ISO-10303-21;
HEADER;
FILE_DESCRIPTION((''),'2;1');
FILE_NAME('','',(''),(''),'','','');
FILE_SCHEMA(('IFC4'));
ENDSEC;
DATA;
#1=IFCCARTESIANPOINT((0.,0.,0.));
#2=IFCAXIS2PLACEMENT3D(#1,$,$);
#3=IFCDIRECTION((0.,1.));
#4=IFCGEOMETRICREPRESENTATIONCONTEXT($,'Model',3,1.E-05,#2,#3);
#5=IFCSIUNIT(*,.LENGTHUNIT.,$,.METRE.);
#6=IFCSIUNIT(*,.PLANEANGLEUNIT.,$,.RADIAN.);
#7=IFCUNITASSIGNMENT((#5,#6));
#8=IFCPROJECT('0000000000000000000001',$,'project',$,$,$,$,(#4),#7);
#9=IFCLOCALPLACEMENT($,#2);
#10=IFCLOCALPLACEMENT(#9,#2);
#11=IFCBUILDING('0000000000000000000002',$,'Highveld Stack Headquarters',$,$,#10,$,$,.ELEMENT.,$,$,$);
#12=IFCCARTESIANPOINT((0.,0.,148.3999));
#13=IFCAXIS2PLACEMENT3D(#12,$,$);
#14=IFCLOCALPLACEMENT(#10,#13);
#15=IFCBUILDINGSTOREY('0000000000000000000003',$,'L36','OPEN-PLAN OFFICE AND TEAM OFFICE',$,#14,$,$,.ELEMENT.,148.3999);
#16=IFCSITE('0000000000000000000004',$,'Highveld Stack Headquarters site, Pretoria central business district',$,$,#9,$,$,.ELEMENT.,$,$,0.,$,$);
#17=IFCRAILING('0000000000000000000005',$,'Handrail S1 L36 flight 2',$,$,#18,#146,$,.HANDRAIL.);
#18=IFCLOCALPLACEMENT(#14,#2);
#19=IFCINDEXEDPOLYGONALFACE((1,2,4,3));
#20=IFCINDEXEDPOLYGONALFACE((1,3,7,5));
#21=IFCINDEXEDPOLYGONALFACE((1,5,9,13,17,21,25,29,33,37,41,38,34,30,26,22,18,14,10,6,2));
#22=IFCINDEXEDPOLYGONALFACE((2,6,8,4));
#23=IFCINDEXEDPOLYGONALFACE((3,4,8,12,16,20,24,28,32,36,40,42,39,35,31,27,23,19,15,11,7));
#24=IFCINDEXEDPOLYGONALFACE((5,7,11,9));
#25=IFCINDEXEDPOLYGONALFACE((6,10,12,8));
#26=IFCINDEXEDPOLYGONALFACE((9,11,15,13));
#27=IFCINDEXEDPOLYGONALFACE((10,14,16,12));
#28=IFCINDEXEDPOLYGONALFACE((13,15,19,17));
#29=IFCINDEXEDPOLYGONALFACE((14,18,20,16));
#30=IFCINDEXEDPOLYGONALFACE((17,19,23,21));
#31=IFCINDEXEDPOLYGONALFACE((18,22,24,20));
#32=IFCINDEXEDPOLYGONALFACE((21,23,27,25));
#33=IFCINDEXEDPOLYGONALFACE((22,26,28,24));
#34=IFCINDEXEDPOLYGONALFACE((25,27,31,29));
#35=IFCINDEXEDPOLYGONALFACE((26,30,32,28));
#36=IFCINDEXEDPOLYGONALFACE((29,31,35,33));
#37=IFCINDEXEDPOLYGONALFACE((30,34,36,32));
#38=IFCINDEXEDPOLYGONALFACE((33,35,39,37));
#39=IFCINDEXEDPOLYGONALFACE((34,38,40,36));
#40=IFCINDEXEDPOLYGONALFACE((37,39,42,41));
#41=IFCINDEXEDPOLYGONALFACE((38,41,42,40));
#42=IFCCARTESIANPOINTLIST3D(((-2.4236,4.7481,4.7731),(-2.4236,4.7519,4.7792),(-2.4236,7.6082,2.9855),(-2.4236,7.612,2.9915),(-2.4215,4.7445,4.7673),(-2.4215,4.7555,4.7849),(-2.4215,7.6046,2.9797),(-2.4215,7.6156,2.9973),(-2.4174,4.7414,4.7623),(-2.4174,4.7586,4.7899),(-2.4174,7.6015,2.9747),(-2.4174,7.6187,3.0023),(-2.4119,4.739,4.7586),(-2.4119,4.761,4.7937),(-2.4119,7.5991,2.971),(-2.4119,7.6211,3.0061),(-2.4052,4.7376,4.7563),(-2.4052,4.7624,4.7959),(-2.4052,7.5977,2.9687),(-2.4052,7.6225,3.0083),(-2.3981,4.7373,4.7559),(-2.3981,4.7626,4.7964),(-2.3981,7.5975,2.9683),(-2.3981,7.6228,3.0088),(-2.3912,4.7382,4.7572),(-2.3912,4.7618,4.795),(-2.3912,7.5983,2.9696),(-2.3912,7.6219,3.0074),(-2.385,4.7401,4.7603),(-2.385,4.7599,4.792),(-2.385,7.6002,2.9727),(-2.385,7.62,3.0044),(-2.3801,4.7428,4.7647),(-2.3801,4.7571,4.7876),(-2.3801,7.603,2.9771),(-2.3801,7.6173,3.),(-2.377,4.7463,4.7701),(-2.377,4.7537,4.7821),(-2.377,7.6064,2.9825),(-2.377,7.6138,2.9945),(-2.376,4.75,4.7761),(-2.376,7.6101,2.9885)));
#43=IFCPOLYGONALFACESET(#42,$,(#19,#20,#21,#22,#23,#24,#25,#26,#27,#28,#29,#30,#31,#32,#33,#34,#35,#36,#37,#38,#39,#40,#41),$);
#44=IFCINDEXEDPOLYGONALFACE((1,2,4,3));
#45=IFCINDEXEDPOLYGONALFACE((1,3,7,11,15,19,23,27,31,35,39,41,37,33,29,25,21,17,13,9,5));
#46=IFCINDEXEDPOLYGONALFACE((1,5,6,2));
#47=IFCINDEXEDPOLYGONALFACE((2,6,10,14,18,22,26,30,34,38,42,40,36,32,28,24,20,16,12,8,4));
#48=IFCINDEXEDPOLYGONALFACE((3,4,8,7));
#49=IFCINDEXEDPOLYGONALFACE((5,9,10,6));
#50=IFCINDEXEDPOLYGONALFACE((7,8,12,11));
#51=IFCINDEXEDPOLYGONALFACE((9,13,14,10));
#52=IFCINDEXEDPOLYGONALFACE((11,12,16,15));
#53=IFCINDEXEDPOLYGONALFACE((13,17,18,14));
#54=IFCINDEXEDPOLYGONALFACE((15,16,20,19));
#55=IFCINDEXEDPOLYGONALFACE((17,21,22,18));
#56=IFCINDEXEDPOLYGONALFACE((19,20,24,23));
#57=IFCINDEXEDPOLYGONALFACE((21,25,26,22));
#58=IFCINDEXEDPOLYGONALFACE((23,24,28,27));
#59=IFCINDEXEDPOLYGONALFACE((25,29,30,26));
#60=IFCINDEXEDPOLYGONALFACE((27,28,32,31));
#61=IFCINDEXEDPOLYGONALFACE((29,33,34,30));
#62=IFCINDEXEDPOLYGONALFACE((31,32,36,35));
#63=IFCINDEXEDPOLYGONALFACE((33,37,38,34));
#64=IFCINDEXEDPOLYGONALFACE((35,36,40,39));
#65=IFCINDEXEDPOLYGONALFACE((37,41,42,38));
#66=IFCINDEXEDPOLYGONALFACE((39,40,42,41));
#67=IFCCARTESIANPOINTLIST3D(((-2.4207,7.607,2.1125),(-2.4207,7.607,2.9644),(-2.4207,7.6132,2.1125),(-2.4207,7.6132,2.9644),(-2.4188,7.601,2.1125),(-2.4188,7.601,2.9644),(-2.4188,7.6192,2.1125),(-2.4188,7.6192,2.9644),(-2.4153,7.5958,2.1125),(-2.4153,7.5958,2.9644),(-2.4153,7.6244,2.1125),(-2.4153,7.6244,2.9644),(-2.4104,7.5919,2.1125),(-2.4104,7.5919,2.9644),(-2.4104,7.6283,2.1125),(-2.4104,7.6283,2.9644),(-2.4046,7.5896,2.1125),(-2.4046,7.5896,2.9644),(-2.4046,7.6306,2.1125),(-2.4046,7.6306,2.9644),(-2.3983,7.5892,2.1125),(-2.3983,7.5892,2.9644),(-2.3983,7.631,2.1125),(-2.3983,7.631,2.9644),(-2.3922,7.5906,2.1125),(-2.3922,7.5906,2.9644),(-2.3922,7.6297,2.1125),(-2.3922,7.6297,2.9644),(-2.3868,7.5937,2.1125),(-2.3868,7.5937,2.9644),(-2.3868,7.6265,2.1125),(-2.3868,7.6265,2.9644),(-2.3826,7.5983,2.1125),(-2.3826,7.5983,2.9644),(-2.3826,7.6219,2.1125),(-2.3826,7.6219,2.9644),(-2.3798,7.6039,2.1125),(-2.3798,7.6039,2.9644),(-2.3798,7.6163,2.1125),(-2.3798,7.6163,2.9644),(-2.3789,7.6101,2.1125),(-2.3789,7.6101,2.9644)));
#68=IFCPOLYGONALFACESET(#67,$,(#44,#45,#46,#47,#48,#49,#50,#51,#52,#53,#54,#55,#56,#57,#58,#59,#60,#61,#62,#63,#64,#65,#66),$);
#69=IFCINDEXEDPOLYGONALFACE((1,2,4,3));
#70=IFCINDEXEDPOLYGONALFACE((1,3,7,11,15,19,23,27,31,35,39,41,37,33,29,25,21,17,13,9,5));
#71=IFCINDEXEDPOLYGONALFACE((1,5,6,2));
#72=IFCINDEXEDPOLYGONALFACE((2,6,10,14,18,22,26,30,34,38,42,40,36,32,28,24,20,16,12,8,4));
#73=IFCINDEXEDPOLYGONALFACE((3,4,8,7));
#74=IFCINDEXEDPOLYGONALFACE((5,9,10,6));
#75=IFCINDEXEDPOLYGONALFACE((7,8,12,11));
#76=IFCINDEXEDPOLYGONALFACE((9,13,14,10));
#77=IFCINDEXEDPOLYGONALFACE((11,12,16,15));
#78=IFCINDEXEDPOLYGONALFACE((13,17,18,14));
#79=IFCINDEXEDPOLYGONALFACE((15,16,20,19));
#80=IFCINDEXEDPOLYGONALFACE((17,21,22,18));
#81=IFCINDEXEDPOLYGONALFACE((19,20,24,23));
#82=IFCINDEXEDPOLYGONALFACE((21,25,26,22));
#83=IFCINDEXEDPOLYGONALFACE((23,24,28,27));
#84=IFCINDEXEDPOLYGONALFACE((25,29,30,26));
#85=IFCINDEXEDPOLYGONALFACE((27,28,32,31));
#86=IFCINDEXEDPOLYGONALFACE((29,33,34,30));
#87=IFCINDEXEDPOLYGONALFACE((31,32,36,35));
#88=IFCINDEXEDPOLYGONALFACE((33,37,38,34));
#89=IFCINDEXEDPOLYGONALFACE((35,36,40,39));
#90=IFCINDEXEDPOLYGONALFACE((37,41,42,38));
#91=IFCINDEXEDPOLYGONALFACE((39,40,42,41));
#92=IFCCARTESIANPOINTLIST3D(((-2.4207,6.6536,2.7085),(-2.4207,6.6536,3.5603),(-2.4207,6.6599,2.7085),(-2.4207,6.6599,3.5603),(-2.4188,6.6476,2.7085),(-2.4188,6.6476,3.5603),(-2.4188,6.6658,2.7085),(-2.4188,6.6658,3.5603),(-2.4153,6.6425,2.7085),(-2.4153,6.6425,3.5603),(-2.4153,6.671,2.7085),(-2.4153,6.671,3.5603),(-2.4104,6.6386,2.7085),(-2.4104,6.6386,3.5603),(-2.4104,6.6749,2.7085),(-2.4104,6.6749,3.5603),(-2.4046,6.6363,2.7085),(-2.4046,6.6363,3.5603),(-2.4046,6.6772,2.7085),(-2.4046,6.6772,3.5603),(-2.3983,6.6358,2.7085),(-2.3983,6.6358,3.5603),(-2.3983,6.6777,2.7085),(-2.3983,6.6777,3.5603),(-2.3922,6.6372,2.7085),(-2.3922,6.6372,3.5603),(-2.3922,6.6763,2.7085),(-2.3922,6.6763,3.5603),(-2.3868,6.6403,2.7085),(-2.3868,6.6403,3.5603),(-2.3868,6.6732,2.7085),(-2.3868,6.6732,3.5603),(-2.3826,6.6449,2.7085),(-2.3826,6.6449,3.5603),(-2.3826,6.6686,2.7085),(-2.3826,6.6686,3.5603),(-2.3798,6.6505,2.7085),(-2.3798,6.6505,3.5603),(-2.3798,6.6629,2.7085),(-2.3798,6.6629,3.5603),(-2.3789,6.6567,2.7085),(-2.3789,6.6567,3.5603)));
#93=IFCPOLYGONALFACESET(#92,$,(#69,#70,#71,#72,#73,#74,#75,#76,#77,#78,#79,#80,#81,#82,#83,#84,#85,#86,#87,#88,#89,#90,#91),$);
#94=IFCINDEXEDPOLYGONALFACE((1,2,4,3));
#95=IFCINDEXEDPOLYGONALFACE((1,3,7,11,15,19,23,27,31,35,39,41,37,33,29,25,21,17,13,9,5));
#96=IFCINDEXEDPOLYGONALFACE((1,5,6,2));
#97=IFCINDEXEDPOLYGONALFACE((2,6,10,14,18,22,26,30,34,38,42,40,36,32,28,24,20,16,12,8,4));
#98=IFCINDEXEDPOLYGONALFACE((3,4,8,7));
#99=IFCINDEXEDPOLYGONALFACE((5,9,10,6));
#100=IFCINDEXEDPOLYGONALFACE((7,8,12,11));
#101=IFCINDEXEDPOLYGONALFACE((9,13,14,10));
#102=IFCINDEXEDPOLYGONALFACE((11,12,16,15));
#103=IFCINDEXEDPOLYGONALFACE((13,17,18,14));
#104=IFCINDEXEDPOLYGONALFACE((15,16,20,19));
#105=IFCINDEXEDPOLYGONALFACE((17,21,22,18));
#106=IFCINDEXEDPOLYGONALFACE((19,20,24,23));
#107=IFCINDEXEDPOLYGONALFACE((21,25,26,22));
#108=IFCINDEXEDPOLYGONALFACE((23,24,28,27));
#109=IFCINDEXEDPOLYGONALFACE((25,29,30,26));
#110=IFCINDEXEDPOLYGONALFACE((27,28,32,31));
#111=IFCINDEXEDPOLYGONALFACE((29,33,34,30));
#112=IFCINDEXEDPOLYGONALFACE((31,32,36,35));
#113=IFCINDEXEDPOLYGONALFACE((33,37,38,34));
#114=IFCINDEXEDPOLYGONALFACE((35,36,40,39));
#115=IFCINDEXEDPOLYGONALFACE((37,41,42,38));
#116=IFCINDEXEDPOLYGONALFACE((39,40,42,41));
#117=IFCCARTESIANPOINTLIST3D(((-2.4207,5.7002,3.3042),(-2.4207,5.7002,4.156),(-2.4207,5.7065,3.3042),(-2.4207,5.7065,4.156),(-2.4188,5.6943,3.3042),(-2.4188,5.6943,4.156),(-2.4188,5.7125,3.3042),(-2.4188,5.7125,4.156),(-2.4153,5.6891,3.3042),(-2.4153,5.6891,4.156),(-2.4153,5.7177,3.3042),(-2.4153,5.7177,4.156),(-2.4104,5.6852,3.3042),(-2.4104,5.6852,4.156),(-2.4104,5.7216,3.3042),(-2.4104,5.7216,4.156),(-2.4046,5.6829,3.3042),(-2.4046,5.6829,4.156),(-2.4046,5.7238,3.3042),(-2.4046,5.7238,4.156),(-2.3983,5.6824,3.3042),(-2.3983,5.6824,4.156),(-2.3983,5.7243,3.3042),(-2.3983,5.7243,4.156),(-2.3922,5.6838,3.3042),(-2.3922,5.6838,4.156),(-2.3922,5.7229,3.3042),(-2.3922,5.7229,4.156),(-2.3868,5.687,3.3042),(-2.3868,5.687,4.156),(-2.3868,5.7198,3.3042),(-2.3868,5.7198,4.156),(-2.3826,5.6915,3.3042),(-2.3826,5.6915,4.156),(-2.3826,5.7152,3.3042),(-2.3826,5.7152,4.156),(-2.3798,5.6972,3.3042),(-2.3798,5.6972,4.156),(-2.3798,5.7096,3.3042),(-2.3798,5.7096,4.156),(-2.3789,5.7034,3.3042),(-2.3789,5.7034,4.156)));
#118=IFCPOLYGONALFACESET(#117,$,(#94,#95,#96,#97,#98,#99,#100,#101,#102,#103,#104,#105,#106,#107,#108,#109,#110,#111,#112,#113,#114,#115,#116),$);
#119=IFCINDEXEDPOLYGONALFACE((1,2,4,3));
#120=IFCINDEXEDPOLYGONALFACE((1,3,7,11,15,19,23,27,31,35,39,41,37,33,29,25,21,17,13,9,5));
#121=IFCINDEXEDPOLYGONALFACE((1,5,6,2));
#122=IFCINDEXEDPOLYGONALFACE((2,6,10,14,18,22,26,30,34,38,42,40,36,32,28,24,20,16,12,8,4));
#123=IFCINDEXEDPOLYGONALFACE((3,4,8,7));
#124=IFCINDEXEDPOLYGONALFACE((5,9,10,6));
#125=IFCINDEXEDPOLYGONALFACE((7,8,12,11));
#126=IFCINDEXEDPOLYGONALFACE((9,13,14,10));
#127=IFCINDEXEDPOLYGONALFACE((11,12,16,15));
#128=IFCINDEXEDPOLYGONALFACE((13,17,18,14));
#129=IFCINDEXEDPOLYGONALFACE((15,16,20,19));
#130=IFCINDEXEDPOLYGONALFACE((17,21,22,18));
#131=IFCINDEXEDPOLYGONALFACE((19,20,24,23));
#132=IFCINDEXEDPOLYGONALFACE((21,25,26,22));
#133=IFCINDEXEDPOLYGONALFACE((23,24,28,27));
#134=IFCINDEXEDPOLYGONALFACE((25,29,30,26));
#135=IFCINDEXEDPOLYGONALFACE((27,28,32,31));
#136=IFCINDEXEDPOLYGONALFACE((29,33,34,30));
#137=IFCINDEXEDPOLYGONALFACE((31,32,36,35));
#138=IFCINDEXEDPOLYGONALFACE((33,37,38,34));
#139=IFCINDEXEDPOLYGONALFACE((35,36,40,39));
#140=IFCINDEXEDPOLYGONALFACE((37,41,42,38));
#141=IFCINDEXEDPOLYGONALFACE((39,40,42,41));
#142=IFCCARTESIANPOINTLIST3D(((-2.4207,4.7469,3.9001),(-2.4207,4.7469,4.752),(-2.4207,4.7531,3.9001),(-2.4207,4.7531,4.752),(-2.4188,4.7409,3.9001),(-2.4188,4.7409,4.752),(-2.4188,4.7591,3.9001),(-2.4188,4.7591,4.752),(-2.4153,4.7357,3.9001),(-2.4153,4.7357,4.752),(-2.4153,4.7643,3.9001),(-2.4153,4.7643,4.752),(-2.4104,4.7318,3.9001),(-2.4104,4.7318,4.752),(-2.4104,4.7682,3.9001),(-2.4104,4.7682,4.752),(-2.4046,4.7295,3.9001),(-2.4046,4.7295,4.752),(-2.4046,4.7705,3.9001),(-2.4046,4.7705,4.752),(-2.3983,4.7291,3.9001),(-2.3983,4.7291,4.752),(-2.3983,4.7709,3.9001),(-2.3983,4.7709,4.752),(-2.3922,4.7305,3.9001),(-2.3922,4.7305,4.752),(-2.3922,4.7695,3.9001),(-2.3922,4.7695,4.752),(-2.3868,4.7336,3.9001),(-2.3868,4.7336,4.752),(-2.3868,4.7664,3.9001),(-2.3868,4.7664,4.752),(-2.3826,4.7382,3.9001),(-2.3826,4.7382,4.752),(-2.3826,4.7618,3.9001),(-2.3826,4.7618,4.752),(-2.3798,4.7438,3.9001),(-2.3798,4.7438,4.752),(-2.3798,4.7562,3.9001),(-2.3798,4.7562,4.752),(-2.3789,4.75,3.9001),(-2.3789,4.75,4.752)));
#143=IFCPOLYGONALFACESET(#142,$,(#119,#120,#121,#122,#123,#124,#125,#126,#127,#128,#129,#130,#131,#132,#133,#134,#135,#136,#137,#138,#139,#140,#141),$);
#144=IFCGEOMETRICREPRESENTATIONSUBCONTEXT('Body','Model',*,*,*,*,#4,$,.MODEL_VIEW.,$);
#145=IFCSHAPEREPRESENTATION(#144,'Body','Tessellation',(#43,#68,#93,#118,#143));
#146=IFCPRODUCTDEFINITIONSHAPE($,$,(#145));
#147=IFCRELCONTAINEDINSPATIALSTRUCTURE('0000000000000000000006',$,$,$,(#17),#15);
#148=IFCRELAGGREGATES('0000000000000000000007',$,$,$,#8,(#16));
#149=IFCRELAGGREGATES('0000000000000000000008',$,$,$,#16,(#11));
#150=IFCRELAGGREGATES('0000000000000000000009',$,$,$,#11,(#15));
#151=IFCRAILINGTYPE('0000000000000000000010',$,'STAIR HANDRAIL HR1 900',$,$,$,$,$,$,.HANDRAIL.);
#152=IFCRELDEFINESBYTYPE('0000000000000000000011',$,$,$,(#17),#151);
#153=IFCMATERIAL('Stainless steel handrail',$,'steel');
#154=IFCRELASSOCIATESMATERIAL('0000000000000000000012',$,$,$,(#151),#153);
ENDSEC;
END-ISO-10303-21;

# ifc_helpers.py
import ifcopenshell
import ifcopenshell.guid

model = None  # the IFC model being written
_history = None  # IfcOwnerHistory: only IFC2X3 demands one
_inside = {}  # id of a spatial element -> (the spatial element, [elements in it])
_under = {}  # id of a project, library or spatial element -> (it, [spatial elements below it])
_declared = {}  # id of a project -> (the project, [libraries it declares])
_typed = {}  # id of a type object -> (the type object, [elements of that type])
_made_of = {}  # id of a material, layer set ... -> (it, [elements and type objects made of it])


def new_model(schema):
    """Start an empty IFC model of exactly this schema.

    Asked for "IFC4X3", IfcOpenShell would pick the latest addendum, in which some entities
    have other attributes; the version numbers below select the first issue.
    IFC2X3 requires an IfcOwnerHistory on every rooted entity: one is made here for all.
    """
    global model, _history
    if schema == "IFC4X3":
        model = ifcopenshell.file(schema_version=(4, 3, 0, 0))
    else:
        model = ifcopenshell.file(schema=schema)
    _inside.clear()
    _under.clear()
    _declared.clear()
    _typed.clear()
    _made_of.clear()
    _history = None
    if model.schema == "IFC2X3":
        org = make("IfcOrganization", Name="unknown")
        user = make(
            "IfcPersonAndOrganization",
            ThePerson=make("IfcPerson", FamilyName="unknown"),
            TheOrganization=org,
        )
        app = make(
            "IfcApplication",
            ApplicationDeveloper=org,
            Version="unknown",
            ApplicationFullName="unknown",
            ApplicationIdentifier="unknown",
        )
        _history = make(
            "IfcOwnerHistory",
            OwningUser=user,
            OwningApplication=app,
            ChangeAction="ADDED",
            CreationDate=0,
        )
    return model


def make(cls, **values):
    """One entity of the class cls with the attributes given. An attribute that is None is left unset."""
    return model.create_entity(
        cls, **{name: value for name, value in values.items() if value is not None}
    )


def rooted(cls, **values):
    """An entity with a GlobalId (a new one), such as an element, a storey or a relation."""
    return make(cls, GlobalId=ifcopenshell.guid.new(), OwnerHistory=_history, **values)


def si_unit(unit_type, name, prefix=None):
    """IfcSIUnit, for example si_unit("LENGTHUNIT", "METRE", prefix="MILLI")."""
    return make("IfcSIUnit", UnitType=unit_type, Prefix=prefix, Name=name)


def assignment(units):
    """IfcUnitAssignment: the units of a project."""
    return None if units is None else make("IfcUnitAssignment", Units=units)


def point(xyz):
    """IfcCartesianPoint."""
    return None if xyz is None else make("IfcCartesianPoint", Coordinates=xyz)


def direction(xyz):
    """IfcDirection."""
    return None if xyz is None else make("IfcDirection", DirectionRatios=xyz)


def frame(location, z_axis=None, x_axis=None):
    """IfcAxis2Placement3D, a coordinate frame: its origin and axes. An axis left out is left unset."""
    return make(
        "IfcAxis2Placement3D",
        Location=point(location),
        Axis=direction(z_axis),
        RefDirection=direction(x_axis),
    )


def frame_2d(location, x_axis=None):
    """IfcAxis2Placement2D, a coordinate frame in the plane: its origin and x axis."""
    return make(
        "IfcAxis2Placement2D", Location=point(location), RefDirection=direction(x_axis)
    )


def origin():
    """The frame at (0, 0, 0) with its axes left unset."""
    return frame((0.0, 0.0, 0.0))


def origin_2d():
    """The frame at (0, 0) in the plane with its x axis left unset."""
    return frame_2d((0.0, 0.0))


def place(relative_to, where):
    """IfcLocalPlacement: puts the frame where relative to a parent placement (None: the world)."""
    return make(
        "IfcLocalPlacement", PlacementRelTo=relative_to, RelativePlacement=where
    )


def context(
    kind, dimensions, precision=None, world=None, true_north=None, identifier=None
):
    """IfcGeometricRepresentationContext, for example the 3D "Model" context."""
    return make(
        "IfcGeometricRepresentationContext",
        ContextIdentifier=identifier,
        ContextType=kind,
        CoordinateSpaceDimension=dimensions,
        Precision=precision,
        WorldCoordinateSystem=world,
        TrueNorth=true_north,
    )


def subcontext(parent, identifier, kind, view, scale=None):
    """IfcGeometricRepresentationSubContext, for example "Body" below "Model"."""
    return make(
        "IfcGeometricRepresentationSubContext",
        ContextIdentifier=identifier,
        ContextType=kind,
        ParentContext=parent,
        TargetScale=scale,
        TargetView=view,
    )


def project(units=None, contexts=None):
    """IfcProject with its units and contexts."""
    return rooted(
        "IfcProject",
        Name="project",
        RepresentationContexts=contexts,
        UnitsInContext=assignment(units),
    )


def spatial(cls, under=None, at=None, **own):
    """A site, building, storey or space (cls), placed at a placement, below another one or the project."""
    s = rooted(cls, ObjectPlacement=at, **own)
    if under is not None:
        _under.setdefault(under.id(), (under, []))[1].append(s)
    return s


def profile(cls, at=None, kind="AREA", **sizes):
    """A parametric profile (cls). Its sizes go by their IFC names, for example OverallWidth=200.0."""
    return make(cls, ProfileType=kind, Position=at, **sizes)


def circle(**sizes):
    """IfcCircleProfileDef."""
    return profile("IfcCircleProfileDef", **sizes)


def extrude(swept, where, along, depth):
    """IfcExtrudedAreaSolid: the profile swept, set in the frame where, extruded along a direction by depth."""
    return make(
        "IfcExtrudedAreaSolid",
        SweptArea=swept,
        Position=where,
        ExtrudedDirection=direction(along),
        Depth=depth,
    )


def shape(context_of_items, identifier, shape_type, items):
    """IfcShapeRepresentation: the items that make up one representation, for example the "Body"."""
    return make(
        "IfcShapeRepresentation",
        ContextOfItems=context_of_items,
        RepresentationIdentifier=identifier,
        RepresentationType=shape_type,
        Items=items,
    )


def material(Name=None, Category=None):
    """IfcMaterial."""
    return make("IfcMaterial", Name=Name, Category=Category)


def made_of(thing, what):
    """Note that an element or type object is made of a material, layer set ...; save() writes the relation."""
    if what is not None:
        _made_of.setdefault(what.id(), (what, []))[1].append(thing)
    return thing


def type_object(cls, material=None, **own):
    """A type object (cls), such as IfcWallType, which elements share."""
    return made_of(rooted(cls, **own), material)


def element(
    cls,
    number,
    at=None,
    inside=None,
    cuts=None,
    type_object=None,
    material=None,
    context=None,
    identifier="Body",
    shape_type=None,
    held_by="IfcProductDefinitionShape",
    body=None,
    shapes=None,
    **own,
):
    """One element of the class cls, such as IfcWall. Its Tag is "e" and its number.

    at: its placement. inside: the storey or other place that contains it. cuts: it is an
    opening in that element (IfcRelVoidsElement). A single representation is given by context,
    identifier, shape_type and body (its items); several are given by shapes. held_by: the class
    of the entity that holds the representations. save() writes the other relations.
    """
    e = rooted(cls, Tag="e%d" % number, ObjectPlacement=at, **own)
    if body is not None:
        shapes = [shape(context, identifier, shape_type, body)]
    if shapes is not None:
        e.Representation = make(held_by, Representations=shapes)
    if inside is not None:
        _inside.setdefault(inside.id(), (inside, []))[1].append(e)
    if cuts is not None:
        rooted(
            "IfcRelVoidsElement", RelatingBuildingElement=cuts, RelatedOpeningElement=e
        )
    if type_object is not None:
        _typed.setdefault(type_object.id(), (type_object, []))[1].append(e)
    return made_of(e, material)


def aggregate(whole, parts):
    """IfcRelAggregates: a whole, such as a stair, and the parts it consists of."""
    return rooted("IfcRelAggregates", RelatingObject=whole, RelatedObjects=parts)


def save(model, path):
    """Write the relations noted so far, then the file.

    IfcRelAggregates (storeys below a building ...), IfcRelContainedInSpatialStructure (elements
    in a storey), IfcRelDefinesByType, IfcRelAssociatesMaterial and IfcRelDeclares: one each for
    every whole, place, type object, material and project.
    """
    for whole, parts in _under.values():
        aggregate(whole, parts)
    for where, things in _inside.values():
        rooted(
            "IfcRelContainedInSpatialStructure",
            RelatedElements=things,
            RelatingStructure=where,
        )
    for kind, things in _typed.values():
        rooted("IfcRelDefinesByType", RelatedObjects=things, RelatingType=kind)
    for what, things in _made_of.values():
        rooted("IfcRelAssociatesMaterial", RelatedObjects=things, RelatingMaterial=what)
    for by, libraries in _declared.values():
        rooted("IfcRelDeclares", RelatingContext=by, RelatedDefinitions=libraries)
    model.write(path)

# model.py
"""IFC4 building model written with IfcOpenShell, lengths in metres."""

from ifc_helpers import new_model, si_unit, direction, frame, origin, origin_2d, place, context, subcontext, project, spatial, circle, extrude, material, type_object, element, save


model = new_model("IFC4")

# Units and contexts
model_context = context("Model", 3, precision=1e-05, world=origin(), true_north=direction((0.0, 1.0)))
body_context = subcontext(model_context, "Body", "Model", "MODEL_VIEW")
ifc_project = project(units=[si_unit("LENGTHUNIT", "METRE"), si_unit("PLANEANGLEUNIT", "RADIAN")], contexts=[model_context])

# Site, building, storey
site_placement = place(None, origin())
site = spatial("IfcSite", under=ifc_project, at=site_placement, Name="Highveld Stack Headquarters site, Pretoria central business district", CompositionType="ELEMENT", RefElevation=0.0)
building_placement = place(site_placement, origin())
building = spatial("IfcBuilding", under=site, at=building_placement, Name="Highveld Stack Headquarters", CompositionType="ELEMENT")
storey_placement = place(building_placement, frame((0.0, 0.0, 148.3999)))
storey = spatial("IfcBuildingStorey", under=building, at=storey_placement, Name="L36", Description="OPEN-PLAN OFFICE AND TEAM OFFICE", CompositionType="ELEMENT", Elevation=148.3999)

# Railing
ifc_material_1 = material(Name="Stainless steel handrail", Category="steel")
railing_type = type_object("IfcRailingType", Name="STAIR HANDRAIL HR1 900", PredefinedType="HANDRAIL", material=ifc_material_1)
for number, where, name in (
    (1, (-2.3999, 7.6101, 2.1125), "Handrail S1 L36 flight 2"),
):
    element("IfcRailing", number, at=place(storey_placement, frame(where)), inside=storey, type_object=railing_type, Name=name, PredefinedType="HANDRAIL", context=body_context, shape_type="SweptSolid", body=[
        extrude(circle(Radius=0.0239, at=origin_2d()), frame((0.0, 0.0, 0.876), z_axis=(0.0, -0.847994, 0.530005), x_axis=(1.0, 0.0, 0.0)), (0.0, 0.0, 1.0), 3.3728),
        extrude(circle(Radius=0.021, at=origin_2d()), origin(), (0.0, 0.0, 1.0), 0.8518),
        extrude(circle(Radius=0.021, at=origin_2d()), frame((0.0, -0.9534, 0.5959)), (0.0, 0.0, 1.0), 0.8518),
        extrude(circle(Radius=0.021, at=origin_2d()), frame((0.0, -1.9067, 1.1917)), (0.0, 0.0, 1.0), 0.8518),
        extrude(circle(Radius=0.021, at=origin_2d()), frame((0.0, -2.8601, 1.7876)), (0.0, 0.0, 1.0), 0.8518),
    ])

save(model, "model.ifc")
